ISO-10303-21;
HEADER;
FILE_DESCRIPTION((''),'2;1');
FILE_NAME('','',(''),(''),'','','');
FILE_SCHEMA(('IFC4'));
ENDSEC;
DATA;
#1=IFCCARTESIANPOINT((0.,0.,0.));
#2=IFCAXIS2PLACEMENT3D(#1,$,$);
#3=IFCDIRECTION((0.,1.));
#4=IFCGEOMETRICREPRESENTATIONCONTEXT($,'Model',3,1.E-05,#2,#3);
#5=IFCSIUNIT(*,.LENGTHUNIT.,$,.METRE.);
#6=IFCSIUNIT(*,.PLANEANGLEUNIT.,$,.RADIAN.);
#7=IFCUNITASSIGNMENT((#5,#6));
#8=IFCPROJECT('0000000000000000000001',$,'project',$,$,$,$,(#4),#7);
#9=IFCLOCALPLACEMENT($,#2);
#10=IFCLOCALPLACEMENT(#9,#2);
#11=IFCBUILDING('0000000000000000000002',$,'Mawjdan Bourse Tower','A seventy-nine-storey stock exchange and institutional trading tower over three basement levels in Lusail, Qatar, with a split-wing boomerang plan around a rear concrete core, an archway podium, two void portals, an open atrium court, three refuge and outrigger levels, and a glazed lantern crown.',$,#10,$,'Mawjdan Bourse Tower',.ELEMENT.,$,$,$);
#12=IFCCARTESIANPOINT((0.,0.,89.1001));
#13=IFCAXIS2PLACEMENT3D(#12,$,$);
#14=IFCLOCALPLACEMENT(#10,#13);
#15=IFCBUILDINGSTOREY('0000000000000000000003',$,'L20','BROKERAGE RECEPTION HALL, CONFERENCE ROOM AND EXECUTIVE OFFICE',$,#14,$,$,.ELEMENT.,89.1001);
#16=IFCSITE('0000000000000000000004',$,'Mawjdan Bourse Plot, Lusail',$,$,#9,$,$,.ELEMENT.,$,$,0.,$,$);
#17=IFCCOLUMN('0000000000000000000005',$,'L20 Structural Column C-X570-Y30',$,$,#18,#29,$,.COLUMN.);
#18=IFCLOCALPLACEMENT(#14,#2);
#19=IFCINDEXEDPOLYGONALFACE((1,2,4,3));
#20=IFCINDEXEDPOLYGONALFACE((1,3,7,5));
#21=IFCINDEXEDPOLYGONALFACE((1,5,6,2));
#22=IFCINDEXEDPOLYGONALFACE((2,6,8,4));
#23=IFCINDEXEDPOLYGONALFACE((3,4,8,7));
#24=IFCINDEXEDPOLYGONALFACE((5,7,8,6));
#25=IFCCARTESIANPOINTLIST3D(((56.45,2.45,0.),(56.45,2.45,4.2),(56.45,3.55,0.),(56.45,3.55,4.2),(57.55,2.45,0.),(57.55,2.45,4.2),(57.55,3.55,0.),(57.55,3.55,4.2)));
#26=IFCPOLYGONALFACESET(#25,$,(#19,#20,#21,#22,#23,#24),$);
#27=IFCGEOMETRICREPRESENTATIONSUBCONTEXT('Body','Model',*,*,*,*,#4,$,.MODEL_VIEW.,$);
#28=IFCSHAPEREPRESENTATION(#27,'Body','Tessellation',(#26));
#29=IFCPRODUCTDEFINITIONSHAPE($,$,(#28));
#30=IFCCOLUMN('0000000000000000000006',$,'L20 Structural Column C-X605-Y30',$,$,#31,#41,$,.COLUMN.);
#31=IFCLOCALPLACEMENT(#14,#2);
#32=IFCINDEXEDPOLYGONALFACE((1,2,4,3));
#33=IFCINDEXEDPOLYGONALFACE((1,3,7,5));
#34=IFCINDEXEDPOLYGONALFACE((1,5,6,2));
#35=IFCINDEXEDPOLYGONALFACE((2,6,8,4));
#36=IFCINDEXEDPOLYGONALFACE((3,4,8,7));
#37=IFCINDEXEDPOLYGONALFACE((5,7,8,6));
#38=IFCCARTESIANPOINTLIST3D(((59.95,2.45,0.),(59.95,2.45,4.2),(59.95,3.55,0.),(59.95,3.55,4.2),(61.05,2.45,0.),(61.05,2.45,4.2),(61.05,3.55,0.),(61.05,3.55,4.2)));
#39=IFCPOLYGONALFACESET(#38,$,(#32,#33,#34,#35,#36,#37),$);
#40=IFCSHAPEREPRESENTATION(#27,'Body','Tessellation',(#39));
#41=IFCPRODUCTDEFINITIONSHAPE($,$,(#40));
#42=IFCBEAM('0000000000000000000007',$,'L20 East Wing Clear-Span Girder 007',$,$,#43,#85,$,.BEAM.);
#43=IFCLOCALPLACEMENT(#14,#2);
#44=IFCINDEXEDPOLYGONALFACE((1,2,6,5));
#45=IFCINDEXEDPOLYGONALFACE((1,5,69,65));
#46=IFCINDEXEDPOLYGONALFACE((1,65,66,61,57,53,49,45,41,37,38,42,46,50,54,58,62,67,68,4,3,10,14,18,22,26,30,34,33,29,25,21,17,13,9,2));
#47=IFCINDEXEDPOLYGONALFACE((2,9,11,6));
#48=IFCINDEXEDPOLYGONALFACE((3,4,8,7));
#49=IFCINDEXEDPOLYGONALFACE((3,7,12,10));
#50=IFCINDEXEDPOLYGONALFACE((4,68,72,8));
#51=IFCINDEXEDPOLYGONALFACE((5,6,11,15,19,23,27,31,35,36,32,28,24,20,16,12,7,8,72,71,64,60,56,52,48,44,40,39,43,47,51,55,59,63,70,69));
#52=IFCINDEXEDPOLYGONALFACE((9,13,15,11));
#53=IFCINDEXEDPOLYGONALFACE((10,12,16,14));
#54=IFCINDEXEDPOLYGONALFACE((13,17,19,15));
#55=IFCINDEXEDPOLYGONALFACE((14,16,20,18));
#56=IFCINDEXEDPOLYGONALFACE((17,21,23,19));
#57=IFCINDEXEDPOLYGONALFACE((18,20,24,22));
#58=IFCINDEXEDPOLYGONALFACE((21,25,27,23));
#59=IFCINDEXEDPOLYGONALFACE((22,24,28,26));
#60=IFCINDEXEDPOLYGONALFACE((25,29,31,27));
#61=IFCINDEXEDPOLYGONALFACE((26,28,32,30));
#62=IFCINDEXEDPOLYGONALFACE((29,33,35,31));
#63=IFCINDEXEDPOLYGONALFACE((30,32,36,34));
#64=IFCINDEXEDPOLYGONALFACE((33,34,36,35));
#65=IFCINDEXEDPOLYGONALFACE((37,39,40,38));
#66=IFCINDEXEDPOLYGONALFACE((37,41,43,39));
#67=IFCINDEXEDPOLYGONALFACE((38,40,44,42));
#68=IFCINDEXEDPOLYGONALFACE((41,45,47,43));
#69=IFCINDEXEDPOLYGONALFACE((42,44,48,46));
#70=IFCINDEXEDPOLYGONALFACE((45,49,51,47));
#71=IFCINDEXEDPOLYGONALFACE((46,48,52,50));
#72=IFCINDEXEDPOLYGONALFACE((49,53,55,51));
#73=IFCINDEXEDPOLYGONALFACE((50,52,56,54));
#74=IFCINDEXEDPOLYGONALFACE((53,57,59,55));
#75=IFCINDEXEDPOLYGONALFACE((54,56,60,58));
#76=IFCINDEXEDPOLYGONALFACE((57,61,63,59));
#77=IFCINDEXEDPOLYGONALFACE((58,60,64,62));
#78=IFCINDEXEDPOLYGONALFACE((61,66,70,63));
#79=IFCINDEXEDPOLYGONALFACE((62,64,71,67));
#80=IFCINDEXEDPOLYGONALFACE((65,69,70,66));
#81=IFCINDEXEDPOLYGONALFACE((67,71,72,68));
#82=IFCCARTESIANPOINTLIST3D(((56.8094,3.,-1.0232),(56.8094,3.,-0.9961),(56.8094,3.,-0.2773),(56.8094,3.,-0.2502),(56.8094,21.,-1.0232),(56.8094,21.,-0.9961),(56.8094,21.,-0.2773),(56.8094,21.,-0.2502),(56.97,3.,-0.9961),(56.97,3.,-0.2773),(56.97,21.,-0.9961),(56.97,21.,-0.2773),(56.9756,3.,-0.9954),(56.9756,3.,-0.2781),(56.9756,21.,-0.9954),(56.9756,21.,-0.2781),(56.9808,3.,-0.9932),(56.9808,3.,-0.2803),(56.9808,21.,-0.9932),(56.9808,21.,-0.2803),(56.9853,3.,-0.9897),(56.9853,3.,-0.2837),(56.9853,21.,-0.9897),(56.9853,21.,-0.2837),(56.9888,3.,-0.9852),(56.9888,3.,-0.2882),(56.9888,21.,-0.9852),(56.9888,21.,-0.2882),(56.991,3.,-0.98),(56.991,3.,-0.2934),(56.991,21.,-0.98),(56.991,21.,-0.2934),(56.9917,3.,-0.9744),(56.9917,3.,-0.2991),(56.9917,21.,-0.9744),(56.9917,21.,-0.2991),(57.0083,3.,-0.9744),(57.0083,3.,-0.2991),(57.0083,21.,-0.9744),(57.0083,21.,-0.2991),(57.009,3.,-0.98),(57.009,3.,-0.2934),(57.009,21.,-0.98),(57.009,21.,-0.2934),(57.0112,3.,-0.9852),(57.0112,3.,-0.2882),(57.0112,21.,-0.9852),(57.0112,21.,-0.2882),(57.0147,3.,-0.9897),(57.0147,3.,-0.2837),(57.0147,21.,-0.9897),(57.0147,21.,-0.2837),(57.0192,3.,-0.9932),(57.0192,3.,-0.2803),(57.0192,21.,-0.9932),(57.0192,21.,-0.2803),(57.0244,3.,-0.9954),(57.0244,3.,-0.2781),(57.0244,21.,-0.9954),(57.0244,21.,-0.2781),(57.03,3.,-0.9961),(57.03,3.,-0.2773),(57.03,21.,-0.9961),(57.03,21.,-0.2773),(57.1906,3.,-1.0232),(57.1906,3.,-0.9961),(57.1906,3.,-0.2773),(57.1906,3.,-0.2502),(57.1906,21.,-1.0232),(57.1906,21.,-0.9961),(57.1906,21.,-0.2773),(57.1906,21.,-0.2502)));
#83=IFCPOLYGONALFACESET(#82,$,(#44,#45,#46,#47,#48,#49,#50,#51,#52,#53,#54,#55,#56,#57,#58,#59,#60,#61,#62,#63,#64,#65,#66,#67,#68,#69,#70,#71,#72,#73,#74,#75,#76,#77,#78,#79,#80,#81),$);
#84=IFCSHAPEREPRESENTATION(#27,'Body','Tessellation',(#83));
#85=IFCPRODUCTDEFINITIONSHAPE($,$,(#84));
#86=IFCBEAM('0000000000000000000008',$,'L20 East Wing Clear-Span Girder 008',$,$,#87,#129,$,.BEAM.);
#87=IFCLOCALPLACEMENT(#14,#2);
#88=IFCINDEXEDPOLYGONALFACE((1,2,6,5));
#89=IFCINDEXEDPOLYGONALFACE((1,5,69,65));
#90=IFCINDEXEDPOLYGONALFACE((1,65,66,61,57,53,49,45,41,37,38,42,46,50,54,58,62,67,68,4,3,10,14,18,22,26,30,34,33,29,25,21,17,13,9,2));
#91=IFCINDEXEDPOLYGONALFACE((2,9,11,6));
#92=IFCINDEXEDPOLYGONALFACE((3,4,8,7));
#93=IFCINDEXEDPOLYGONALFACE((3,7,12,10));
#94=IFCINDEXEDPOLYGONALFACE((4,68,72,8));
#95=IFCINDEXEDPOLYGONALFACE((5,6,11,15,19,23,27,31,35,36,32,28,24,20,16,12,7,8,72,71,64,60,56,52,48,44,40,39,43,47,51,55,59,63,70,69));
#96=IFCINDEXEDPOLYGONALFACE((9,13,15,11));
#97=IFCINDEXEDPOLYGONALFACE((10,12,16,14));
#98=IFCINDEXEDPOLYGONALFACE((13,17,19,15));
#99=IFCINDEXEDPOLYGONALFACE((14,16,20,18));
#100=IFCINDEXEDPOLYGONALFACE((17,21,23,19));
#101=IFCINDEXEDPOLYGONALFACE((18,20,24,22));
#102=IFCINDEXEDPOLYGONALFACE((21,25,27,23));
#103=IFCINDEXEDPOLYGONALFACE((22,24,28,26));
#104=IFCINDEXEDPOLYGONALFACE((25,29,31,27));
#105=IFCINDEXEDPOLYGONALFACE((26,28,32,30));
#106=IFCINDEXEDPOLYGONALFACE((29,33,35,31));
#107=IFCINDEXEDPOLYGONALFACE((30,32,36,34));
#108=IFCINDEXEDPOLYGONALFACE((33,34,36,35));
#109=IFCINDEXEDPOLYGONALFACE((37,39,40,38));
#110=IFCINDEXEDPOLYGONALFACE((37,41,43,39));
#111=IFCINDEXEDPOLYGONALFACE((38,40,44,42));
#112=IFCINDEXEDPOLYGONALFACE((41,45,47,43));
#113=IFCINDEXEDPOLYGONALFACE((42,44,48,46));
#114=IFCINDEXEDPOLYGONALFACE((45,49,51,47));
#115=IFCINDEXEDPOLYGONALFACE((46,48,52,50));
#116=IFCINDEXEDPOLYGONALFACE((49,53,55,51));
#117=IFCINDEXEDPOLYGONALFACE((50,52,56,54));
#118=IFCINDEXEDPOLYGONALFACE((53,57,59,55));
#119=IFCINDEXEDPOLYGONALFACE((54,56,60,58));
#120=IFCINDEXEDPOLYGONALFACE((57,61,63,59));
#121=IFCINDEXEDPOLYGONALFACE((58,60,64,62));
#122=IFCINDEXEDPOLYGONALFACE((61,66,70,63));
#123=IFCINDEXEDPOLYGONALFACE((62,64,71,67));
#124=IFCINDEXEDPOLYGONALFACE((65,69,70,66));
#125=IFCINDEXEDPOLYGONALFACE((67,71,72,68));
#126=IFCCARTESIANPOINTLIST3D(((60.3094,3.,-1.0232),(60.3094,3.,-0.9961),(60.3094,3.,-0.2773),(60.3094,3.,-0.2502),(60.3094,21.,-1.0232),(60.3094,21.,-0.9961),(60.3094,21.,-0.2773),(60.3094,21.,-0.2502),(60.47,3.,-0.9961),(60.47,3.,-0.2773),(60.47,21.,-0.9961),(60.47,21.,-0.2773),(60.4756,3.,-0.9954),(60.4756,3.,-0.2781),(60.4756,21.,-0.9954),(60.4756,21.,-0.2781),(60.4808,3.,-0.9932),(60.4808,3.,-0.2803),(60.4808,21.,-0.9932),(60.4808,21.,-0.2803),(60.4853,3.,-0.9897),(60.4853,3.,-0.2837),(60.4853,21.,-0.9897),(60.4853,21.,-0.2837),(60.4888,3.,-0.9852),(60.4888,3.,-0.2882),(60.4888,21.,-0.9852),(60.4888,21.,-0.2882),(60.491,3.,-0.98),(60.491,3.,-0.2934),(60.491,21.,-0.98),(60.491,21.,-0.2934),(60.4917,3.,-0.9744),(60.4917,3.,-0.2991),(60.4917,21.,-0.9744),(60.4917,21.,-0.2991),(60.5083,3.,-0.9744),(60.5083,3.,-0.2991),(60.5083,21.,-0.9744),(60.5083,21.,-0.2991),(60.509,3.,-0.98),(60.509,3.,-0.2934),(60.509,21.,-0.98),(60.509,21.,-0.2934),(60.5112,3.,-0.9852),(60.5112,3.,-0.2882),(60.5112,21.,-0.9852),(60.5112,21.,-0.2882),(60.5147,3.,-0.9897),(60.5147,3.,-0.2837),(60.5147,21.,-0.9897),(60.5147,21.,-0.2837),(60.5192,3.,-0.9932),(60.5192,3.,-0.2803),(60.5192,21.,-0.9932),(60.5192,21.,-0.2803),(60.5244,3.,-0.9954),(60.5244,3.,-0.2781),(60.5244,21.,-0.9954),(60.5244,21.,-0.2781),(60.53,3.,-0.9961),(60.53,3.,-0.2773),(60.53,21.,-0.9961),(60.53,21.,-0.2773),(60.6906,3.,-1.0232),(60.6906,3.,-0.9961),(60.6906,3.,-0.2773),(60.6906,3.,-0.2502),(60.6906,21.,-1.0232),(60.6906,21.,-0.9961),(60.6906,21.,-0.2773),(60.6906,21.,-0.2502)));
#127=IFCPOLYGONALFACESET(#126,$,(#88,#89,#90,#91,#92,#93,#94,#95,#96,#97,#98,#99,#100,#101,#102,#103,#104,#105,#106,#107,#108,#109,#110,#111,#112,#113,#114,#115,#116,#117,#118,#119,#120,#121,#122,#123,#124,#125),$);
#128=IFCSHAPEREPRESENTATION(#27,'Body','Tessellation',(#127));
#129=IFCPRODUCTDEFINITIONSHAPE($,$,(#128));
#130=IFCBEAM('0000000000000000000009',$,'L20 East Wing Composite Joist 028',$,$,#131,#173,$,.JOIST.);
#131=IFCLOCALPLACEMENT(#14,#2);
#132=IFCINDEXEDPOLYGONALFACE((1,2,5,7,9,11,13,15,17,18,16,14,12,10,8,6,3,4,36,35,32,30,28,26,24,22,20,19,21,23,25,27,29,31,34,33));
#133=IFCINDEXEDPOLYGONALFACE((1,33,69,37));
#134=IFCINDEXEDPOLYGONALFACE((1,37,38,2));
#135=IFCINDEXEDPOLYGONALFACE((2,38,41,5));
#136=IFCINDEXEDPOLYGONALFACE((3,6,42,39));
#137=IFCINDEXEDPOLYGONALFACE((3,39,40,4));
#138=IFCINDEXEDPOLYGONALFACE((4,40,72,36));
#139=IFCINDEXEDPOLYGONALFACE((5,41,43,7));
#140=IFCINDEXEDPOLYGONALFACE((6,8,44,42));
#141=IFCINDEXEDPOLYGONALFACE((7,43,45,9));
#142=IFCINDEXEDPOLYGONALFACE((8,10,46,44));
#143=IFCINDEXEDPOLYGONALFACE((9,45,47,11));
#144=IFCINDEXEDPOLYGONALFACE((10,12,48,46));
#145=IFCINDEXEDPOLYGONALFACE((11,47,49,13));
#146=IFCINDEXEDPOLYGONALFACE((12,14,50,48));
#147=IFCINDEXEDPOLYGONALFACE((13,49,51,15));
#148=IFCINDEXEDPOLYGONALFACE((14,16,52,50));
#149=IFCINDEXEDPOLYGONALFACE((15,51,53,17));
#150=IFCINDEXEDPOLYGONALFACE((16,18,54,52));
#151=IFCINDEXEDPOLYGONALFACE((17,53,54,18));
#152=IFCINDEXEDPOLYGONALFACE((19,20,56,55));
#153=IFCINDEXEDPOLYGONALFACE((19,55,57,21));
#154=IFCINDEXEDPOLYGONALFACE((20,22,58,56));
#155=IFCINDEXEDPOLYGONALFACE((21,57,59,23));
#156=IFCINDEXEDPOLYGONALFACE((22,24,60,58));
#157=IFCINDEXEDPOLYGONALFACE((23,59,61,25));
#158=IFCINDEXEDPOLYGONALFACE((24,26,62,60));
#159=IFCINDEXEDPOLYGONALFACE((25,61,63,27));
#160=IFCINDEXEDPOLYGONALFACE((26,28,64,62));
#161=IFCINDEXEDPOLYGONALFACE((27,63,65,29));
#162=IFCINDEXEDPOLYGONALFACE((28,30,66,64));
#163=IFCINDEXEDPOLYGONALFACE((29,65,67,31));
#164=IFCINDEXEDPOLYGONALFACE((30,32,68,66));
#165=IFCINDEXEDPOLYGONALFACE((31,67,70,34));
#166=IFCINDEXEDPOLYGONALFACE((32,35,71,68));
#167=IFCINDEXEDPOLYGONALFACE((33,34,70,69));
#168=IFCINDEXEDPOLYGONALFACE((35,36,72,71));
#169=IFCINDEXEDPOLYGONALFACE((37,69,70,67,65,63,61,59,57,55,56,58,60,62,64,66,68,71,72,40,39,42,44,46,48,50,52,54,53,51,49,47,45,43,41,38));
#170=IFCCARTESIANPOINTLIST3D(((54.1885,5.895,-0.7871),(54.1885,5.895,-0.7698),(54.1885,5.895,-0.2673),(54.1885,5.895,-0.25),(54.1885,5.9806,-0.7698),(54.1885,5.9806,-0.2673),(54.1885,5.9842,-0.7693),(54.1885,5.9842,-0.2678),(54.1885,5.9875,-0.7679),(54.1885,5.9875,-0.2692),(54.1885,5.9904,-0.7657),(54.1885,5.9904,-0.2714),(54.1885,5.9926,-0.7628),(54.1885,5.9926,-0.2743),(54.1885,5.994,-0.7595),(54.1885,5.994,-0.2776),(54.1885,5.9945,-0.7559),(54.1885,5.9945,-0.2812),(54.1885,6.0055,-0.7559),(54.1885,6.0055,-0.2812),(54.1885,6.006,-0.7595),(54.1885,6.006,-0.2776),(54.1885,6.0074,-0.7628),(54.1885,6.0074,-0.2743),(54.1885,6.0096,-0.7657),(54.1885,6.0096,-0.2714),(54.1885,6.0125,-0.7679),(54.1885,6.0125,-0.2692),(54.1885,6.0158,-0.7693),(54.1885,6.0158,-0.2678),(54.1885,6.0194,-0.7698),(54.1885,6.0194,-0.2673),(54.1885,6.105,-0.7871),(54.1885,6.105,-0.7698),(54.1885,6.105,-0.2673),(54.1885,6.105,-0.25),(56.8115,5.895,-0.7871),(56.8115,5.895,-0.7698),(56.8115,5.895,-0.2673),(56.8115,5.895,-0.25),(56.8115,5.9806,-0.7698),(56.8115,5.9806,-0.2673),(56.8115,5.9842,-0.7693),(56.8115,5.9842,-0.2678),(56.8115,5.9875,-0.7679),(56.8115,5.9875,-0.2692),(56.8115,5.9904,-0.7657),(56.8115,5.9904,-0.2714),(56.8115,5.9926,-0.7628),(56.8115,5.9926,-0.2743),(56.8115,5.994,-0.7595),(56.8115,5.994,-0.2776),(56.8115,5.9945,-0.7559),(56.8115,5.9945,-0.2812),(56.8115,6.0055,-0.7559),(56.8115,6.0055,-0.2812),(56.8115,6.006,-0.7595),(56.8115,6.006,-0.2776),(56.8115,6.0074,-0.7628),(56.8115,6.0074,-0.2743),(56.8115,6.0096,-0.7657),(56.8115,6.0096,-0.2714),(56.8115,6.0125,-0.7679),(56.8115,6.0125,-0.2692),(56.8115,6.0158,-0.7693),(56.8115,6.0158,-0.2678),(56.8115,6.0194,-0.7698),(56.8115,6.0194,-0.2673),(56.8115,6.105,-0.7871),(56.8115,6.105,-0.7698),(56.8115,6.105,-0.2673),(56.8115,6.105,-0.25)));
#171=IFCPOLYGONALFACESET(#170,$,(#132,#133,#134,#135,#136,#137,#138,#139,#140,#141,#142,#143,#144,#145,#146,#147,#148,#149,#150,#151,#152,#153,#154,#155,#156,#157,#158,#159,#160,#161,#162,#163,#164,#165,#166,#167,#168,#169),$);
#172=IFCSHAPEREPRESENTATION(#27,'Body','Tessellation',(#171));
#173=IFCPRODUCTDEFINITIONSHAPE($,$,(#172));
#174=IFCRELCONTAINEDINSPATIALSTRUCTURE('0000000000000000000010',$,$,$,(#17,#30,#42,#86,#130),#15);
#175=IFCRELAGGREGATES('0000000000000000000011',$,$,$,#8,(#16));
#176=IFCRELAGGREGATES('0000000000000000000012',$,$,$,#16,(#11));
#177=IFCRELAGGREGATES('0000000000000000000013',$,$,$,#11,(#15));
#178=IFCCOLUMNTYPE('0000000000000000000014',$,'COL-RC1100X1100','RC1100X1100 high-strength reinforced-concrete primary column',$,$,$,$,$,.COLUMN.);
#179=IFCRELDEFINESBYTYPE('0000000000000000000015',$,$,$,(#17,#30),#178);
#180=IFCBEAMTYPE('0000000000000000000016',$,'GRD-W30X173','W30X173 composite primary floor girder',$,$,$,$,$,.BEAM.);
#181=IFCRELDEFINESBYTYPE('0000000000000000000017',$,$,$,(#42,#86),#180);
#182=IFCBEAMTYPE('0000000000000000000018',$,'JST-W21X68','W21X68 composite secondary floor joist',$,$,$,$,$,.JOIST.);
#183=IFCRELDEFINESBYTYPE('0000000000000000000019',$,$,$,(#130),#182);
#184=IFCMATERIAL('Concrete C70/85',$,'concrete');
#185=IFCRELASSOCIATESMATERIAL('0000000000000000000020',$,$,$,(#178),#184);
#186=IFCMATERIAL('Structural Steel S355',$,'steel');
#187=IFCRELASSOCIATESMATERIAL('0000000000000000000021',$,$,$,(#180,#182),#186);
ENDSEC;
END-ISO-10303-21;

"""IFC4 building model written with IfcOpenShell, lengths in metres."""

from ifc_helpers import new_model, si_unit, direction, frame, origin, origin_2d, place, context, subcontext, project, spatial, rectangle, i_section, extrude, material, material_profile, profile_set, type_object, element, save


model = new_model("IFC4")

# Units and contexts
model_context = context("Model", 3, precision=1e-05, world=origin(), true_north=direction((0.0, 1.0)))
body_context = subcontext(model_context, "Body", "Model", "MODEL_VIEW")
ifc_project = project(units=[si_unit("LENGTHUNIT", "METRE"), si_unit("PLANEANGLEUNIT", "RADIAN")], contexts=[model_context])

# Site, building, storey
site_placement = place(None, origin())
site = spatial("IfcSite", under=ifc_project, at=site_placement, Name="Mawjdan Bourse Plot, Lusail", CompositionType="ELEMENT", RefElevation=0.0)
building_placement = place(site_placement, origin())
building = spatial("IfcBuilding", under=site, at=building_placement, Name="Mawjdan Bourse Tower", Description="A seventy-nine-storey stock exchange and institutional trading tower over three basement levels in Lusail, Qatar, with a split-wing boomerang plan around a rear concrete core, an archway podium, two void portals, an open atrium court, three refuge and outrigger levels, and a glazed lantern crown.", LongName="Mawjdan Bourse Tower", CompositionType="ELEMENT")
storey_placement = place(building_placement, frame((0.0, 0.0, 89.1001)))
storey = spatial("IfcBuildingStorey", under=building, at=storey_placement, Name="L20", Description="BROKERAGE RECEPTION HALL, CONFERENCE ROOM AND EXECUTIVE OFFICE", CompositionType="ELEMENT", Elevation=89.1001)

# Columns
ifc_material_1 = material(Name="Concrete C70/85", Category="concrete")
ifc_material_profile_1 = material_profile(ifc_material_1, rectangle(XDim=1.1001, YDim=1.1001, at=origin_2d()), Name="RC1100X1100")
ifc_profile_set_1 = profile_set([ifc_material_profile_1], Name="Concrete C70/85")
column_type = type_object("IfcColumnType", Name="COL-RC1100X1100", Description="RC1100X1100 high-strength reinforced-concrete primary column", PredefinedType="COLUMN", material=ifc_profile_set_1)
for number, where, z_axis, x_axis, name in (
    (1, (57.0, 3.0, 0.0), (0.0, 0.0, 1.0), (1.0, 0.0, 0.0), "L20 Structural Column C-X570-Y30"),
    (2, (60.5, 3.0, 0.0), (0.0, 0.0, 1.0), (1.0, 0.0, 0.0), "L20 Structural Column C-X605-Y30"),
):
    element("IfcColumn", number, at=place(storey_placement, frame(where, z_axis=z_axis, x_axis=x_axis)), inside=storey, type_object=column_type, Name=name, PredefinedType="COLUMN", context=body_context, shape_type="SweptSolid", body=[
        extrude(rectangle(XDim=1.1001, YDim=1.1001, at=origin_2d()), origin(), (0.0, 0.0, 1.0), 4.2),
    ])

# Beams
ifc_material_2 = material(Name="Structural Steel S355", Category="steel")
ifc_material_profile_2 = material_profile(ifc_material_2, i_section(OverallWidth=0.3811, OverallDepth=0.7729, WebThickness=0.0166, FlangeThickness=0.0271, FilletRadius=0.0217, at=origin_2d()), Name="W30X173")
ifc_profile_set_2 = profile_set([ifc_material_profile_2], Name="Structural Steel S355")
beam_type_1 = type_object("IfcBeamType", Name="GRD-W30X173", Description="W30X173 composite primary floor girder", PredefinedType="BEAM", material=ifc_profile_set_2)
for number, where, z_axis, x_axis, name in (
    (3, (57.0, 3.0, -0.6367), (0.0, 1.0, 0.0), (-1.0, 0.0, 0.0), "L20 East Wing Clear-Span Girder 007"),
    (4, (60.5, 3.0, -0.6367), (0.0, 1.0, 0.0), (-1.0, 0.0, 0.0), "L20 East Wing Clear-Span Girder 008"),
):
    element("IfcBeam", number, at=place(storey_placement, frame(where, z_axis=z_axis, x_axis=x_axis)), inside=storey, type_object=beam_type_1, Name=name, PredefinedType="BEAM", context=body_context, shape_type="SweptSolid", body=[
        extrude(i_section(OverallWidth=0.3811, OverallDepth=0.7729, WebThickness=0.0166, FlangeThickness=0.0271, FilletRadius=0.0217, at=origin_2d()), origin(), (0.0, 0.0, 1.0), 18.0),
    ])
ifc_material_profile_3 = material_profile(ifc_material_2, i_section(OverallWidth=0.21, OverallDepth=0.5371, WebThickness=0.011, FlangeThickness=0.0173, FilletRadius=0.0139, at=origin_2d()), Name="W21X68")
ifc_profile_set_3 = profile_set([ifc_material_profile_3], Name="Structural Steel S355")
beam_type_2 = type_object("IfcBeamType", Name="JST-W21X68", Description="W21X68 composite secondary floor joist", PredefinedType="JOIST", material=ifc_profile_set_3)
beam_1_placement = place(storey_placement, frame((54.1885, 6.0, -0.5186), z_axis=(1.0, 0.0, 0.0), x_axis=(0.0, 1.0, 0.0)))
element("IfcBeam", 5, at=beam_1_placement, inside=storey, type_object=beam_type_2, Name="L20 East Wing Composite Joist 028", PredefinedType="JOIST", context=body_context, shape_type="SweptSolid", body=[
    extrude(i_section(OverallWidth=0.21, OverallDepth=0.5371, WebThickness=0.011, FlangeThickness=0.0173, FilletRadius=0.0139, at=origin_2d()), origin(), (0.0, 0.0, 1.0), 2.623),
])

save(model, "model.ifc")
